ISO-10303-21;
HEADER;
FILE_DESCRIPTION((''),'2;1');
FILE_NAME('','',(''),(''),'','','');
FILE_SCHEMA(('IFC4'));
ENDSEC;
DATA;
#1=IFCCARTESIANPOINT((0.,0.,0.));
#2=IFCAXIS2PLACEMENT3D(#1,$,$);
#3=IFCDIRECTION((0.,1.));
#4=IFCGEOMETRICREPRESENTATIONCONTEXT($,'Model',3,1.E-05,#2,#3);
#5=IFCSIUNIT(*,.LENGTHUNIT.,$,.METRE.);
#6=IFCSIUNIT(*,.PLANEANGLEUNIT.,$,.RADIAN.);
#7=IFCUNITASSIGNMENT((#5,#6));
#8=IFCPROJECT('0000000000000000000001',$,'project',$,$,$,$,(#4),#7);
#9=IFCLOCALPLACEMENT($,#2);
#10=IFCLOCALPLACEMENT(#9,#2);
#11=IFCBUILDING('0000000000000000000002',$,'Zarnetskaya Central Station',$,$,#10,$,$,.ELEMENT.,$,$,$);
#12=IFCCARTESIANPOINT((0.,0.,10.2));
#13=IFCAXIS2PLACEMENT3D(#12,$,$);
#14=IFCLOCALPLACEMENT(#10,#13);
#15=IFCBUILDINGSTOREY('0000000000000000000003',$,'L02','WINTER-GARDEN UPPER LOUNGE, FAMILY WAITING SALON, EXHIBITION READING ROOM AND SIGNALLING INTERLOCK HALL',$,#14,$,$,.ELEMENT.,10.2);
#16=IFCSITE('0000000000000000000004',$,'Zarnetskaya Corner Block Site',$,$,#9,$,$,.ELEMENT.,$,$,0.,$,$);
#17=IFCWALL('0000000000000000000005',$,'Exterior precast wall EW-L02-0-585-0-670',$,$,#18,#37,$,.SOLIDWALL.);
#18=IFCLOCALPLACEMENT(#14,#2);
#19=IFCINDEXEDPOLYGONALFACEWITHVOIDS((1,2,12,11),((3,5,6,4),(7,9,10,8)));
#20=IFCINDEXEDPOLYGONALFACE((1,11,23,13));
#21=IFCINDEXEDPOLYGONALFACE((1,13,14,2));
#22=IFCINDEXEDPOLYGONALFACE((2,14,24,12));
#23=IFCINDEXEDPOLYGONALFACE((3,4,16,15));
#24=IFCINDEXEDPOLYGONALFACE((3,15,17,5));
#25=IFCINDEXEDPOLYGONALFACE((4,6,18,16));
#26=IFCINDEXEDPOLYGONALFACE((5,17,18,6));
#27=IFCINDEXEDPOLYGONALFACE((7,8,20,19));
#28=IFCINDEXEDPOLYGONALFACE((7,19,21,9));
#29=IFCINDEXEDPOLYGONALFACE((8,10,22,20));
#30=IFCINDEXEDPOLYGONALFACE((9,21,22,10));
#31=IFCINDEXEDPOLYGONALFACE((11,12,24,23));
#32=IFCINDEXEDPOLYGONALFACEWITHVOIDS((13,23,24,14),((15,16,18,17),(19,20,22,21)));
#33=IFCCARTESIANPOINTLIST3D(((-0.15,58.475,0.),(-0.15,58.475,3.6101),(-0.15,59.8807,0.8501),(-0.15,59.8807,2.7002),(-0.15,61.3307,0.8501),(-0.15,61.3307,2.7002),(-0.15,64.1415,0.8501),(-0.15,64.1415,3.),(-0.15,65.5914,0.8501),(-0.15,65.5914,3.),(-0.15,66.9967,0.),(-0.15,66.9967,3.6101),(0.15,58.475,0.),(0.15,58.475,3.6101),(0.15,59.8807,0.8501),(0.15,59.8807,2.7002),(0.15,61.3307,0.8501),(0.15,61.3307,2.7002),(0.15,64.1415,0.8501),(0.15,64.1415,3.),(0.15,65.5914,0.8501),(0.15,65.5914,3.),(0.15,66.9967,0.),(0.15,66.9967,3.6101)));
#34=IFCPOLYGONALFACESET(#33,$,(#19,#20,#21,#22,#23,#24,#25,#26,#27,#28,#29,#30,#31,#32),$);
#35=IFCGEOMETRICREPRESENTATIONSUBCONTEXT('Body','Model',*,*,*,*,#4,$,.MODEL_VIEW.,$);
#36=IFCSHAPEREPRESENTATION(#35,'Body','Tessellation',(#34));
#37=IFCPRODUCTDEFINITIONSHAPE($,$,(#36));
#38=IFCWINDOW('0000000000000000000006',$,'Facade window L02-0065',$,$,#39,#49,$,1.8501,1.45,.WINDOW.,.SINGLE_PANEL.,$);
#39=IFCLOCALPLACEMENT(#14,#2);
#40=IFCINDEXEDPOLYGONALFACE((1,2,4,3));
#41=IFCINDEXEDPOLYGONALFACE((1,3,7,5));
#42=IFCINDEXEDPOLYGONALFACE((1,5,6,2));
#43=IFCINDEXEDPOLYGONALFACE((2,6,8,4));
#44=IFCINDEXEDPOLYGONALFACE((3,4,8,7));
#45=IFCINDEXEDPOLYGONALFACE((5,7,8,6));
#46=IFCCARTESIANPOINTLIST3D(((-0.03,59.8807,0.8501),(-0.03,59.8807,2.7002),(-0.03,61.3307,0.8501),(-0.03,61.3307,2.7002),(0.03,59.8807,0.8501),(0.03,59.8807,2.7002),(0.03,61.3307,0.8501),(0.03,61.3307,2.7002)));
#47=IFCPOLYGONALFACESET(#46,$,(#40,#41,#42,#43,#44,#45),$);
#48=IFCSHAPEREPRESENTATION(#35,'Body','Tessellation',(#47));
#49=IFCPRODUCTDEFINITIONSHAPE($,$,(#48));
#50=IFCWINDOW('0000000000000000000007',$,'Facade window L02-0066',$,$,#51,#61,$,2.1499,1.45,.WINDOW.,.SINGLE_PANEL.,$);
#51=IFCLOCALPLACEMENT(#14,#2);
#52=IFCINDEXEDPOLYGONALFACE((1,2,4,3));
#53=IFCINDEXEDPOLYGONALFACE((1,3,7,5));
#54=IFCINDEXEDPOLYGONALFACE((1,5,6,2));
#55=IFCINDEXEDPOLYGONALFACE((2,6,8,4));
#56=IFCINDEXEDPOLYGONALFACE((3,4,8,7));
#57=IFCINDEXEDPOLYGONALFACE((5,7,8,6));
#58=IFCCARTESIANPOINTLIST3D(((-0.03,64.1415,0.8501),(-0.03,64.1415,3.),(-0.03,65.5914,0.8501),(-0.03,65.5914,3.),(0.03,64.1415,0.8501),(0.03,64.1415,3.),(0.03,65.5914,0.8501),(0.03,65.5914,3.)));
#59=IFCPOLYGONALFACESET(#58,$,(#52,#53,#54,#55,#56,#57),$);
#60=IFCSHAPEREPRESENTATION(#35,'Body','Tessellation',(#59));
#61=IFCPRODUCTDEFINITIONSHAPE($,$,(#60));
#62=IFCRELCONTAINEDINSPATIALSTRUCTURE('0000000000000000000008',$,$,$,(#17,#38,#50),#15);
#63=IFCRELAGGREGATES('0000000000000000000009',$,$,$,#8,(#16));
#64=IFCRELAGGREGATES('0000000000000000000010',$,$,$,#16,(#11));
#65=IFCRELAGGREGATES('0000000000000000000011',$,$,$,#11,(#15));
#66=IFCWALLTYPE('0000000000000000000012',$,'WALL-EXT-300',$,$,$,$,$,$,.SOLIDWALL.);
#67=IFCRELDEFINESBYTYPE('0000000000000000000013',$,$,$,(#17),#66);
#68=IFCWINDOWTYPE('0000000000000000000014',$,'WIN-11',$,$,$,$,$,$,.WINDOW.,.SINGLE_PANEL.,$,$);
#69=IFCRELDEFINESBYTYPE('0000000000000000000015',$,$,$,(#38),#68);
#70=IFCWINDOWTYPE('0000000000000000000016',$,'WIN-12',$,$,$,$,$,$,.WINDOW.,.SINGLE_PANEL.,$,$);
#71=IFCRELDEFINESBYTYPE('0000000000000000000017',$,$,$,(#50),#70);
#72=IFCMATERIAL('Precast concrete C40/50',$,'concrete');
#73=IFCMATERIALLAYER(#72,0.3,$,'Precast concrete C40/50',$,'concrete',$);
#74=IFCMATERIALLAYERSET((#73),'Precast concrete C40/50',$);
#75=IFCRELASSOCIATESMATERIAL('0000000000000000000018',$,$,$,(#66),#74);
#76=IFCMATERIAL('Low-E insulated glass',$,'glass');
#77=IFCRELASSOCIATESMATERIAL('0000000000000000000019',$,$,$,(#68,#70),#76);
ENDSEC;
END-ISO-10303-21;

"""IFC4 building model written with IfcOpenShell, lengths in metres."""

from ifc_helpers import new_model, si_unit, direction, frame, frame_2d, origin, place, context, subcontext, project, spatial, rectangle, extrude, material, layer, layer_set, type_object, element, fill, save


model = new_model("IFC4")

# Units and contexts
model_context = context("Model", 3, precision=1e-05, world=origin(), true_north=direction((0.0, 1.0)))
body_context = subcontext(model_context, "Body", "Model", "MODEL_VIEW")
ifc_project = project(units=[si_unit("LENGTHUNIT", "METRE"), si_unit("PLANEANGLEUNIT", "RADIAN")], contexts=[model_context])

# Site, building, storey
site_placement = place(None, origin())
site = spatial("IfcSite", under=ifc_project, at=site_placement, Name="Zarnetskaya Corner Block Site", CompositionType="ELEMENT", RefElevation=0.0)
building_placement = place(site_placement, origin())
building = spatial("IfcBuilding", under=site, at=building_placement, Name="Zarnetskaya Central Station", CompositionType="ELEMENT")
storey_placement = place(building_placement, frame((0.0, 0.0, 10.2)))
storey = spatial("IfcBuildingStorey", under=building, at=storey_placement, Name="L02", Description="WINTER-GARDEN UPPER LOUNGE, FAMILY WAITING SALON, EXHIBITION READING ROOM AND SIGNALLING INTERLOCK HALL", CompositionType="ELEMENT", Elevation=10.2)

# Shared definitions
ifc_material_1 = material(Name="Low-E insulated glass", Category="glass")

# Wall, openings, windows
ifc_material_2 = material(Name="Precast concrete C40/50", Category="concrete")
ifc_layer_1 = layer(ifc_material_2, 0.3, Name="Precast concrete C40/50", Category="concrete")
ifc_layer_set_1 = layer_set([ifc_layer_1], Name="Precast concrete C40/50")
wall_type = type_object("IfcWallType", Name="WALL-EXT-300", PredefinedType="SOLIDWALL", material=ifc_layer_set_1)
wall_placement = place(storey_placement, frame((0.0, 58.4751, 0.0), z_axis=(0.0, 0.0, 1.0), x_axis=(0.0, 1.0, 0.0)))
wall = element("IfcWall", 1, at=wall_placement, inside=storey, type_object=wall_type, Name="Exterior precast wall EW-L02-0-585-0-670", PredefinedType="SOLIDWALL", context=body_context, shape_type="SweptSolid", body=[
    extrude(rectangle(XDim=8.5217, YDim=0.3, at=frame_2d((4.2607, 0.0))), origin(), (0.0, 0.0, 1.0), 3.6101),
])
opening_1_placement = place(wall_placement, frame((1.4055, 0.0, 0.8501)))
opening_1 = element("IfcOpeningElement", 2, at=opening_1_placement, cuts=wall, PredefinedType="OPENING", context=body_context, shape_type="SweptSolid", body=[
    extrude(rectangle(XDim=1.45, YDim=1.8501, at=frame_2d((0.7251, 0.925))), frame((0.0, 0.1602, 0.0), z_axis=(0.0, -1.0, 0.0), x_axis=(1.0, 0.0, 0.0)), (0.0, 0.0, 1.0), 0.3201),
])
opening_2_placement = place(wall_placement, frame((5.6663, 0.0, 0.8501)))
opening_2 = element("IfcOpeningElement", 3, at=opening_2_placement, cuts=wall, PredefinedType="OPENING", context=body_context, shape_type="SweptSolid", body=[
    extrude(rectangle(XDim=1.45, YDim=2.1499, at=frame_2d((0.7251, 1.075))), frame((0.0, 0.1602, 0.0), z_axis=(0.0, -1.0, 0.0), x_axis=(1.0, 0.0, 0.0)), (0.0, 0.0, 1.0), 0.3201),
])
window_type_1 = type_object("IfcWindowType", Name="WIN-11", PartitioningType="SINGLE_PANEL", PredefinedType="WINDOW", material=ifc_material_1)
window_1_placement = place(opening_1_placement, origin())
window_1 = element("IfcWindow", 4, at=window_1_placement, inside=storey, type_object=window_type_1, Name="Facade window L02-0065", OverallHeight=1.8501, OverallWidth=1.45, PartitioningType="SINGLE_PANEL", PredefinedType="WINDOW", context=body_context, shape_type="SweptSolid", body=[
    extrude(rectangle(XDim=1.45, YDim=1.8501, at=frame_2d((0.7251, 0.925))), frame((0.0, 0.03, 0.0), z_axis=(0.0, -1.0, 0.0), x_axis=(1.0, 0.0, 0.0)), (0.0, 0.0, 1.0), 0.0601),
])
fill(opening_1, window_1)
window_type_2 = type_object("IfcWindowType", Name="WIN-12", PartitioningType="SINGLE_PANEL", PredefinedType="WINDOW", material=ifc_material_1)
window_2_placement = place(opening_2_placement, origin())
window_2 = element("IfcWindow", 5, at=window_2_placement, inside=storey, type_object=window_type_2, Name="Facade window L02-0066", OverallHeight=2.1499, OverallWidth=1.45, PartitioningType="SINGLE_PANEL", PredefinedType="WINDOW", context=body_context, shape_type="SweptSolid", body=[
    extrude(rectangle(XDim=1.45, YDim=2.1499, at=frame_2d((0.7251, 1.075))), frame((0.0, 0.03, 0.0), z_axis=(0.0, -1.0, 0.0), x_axis=(1.0, 0.0, 0.0)), (0.0, 0.0, 1.0), 0.0601),
])
fill(opening_2, window_2)

save(model, "model.ifc")
